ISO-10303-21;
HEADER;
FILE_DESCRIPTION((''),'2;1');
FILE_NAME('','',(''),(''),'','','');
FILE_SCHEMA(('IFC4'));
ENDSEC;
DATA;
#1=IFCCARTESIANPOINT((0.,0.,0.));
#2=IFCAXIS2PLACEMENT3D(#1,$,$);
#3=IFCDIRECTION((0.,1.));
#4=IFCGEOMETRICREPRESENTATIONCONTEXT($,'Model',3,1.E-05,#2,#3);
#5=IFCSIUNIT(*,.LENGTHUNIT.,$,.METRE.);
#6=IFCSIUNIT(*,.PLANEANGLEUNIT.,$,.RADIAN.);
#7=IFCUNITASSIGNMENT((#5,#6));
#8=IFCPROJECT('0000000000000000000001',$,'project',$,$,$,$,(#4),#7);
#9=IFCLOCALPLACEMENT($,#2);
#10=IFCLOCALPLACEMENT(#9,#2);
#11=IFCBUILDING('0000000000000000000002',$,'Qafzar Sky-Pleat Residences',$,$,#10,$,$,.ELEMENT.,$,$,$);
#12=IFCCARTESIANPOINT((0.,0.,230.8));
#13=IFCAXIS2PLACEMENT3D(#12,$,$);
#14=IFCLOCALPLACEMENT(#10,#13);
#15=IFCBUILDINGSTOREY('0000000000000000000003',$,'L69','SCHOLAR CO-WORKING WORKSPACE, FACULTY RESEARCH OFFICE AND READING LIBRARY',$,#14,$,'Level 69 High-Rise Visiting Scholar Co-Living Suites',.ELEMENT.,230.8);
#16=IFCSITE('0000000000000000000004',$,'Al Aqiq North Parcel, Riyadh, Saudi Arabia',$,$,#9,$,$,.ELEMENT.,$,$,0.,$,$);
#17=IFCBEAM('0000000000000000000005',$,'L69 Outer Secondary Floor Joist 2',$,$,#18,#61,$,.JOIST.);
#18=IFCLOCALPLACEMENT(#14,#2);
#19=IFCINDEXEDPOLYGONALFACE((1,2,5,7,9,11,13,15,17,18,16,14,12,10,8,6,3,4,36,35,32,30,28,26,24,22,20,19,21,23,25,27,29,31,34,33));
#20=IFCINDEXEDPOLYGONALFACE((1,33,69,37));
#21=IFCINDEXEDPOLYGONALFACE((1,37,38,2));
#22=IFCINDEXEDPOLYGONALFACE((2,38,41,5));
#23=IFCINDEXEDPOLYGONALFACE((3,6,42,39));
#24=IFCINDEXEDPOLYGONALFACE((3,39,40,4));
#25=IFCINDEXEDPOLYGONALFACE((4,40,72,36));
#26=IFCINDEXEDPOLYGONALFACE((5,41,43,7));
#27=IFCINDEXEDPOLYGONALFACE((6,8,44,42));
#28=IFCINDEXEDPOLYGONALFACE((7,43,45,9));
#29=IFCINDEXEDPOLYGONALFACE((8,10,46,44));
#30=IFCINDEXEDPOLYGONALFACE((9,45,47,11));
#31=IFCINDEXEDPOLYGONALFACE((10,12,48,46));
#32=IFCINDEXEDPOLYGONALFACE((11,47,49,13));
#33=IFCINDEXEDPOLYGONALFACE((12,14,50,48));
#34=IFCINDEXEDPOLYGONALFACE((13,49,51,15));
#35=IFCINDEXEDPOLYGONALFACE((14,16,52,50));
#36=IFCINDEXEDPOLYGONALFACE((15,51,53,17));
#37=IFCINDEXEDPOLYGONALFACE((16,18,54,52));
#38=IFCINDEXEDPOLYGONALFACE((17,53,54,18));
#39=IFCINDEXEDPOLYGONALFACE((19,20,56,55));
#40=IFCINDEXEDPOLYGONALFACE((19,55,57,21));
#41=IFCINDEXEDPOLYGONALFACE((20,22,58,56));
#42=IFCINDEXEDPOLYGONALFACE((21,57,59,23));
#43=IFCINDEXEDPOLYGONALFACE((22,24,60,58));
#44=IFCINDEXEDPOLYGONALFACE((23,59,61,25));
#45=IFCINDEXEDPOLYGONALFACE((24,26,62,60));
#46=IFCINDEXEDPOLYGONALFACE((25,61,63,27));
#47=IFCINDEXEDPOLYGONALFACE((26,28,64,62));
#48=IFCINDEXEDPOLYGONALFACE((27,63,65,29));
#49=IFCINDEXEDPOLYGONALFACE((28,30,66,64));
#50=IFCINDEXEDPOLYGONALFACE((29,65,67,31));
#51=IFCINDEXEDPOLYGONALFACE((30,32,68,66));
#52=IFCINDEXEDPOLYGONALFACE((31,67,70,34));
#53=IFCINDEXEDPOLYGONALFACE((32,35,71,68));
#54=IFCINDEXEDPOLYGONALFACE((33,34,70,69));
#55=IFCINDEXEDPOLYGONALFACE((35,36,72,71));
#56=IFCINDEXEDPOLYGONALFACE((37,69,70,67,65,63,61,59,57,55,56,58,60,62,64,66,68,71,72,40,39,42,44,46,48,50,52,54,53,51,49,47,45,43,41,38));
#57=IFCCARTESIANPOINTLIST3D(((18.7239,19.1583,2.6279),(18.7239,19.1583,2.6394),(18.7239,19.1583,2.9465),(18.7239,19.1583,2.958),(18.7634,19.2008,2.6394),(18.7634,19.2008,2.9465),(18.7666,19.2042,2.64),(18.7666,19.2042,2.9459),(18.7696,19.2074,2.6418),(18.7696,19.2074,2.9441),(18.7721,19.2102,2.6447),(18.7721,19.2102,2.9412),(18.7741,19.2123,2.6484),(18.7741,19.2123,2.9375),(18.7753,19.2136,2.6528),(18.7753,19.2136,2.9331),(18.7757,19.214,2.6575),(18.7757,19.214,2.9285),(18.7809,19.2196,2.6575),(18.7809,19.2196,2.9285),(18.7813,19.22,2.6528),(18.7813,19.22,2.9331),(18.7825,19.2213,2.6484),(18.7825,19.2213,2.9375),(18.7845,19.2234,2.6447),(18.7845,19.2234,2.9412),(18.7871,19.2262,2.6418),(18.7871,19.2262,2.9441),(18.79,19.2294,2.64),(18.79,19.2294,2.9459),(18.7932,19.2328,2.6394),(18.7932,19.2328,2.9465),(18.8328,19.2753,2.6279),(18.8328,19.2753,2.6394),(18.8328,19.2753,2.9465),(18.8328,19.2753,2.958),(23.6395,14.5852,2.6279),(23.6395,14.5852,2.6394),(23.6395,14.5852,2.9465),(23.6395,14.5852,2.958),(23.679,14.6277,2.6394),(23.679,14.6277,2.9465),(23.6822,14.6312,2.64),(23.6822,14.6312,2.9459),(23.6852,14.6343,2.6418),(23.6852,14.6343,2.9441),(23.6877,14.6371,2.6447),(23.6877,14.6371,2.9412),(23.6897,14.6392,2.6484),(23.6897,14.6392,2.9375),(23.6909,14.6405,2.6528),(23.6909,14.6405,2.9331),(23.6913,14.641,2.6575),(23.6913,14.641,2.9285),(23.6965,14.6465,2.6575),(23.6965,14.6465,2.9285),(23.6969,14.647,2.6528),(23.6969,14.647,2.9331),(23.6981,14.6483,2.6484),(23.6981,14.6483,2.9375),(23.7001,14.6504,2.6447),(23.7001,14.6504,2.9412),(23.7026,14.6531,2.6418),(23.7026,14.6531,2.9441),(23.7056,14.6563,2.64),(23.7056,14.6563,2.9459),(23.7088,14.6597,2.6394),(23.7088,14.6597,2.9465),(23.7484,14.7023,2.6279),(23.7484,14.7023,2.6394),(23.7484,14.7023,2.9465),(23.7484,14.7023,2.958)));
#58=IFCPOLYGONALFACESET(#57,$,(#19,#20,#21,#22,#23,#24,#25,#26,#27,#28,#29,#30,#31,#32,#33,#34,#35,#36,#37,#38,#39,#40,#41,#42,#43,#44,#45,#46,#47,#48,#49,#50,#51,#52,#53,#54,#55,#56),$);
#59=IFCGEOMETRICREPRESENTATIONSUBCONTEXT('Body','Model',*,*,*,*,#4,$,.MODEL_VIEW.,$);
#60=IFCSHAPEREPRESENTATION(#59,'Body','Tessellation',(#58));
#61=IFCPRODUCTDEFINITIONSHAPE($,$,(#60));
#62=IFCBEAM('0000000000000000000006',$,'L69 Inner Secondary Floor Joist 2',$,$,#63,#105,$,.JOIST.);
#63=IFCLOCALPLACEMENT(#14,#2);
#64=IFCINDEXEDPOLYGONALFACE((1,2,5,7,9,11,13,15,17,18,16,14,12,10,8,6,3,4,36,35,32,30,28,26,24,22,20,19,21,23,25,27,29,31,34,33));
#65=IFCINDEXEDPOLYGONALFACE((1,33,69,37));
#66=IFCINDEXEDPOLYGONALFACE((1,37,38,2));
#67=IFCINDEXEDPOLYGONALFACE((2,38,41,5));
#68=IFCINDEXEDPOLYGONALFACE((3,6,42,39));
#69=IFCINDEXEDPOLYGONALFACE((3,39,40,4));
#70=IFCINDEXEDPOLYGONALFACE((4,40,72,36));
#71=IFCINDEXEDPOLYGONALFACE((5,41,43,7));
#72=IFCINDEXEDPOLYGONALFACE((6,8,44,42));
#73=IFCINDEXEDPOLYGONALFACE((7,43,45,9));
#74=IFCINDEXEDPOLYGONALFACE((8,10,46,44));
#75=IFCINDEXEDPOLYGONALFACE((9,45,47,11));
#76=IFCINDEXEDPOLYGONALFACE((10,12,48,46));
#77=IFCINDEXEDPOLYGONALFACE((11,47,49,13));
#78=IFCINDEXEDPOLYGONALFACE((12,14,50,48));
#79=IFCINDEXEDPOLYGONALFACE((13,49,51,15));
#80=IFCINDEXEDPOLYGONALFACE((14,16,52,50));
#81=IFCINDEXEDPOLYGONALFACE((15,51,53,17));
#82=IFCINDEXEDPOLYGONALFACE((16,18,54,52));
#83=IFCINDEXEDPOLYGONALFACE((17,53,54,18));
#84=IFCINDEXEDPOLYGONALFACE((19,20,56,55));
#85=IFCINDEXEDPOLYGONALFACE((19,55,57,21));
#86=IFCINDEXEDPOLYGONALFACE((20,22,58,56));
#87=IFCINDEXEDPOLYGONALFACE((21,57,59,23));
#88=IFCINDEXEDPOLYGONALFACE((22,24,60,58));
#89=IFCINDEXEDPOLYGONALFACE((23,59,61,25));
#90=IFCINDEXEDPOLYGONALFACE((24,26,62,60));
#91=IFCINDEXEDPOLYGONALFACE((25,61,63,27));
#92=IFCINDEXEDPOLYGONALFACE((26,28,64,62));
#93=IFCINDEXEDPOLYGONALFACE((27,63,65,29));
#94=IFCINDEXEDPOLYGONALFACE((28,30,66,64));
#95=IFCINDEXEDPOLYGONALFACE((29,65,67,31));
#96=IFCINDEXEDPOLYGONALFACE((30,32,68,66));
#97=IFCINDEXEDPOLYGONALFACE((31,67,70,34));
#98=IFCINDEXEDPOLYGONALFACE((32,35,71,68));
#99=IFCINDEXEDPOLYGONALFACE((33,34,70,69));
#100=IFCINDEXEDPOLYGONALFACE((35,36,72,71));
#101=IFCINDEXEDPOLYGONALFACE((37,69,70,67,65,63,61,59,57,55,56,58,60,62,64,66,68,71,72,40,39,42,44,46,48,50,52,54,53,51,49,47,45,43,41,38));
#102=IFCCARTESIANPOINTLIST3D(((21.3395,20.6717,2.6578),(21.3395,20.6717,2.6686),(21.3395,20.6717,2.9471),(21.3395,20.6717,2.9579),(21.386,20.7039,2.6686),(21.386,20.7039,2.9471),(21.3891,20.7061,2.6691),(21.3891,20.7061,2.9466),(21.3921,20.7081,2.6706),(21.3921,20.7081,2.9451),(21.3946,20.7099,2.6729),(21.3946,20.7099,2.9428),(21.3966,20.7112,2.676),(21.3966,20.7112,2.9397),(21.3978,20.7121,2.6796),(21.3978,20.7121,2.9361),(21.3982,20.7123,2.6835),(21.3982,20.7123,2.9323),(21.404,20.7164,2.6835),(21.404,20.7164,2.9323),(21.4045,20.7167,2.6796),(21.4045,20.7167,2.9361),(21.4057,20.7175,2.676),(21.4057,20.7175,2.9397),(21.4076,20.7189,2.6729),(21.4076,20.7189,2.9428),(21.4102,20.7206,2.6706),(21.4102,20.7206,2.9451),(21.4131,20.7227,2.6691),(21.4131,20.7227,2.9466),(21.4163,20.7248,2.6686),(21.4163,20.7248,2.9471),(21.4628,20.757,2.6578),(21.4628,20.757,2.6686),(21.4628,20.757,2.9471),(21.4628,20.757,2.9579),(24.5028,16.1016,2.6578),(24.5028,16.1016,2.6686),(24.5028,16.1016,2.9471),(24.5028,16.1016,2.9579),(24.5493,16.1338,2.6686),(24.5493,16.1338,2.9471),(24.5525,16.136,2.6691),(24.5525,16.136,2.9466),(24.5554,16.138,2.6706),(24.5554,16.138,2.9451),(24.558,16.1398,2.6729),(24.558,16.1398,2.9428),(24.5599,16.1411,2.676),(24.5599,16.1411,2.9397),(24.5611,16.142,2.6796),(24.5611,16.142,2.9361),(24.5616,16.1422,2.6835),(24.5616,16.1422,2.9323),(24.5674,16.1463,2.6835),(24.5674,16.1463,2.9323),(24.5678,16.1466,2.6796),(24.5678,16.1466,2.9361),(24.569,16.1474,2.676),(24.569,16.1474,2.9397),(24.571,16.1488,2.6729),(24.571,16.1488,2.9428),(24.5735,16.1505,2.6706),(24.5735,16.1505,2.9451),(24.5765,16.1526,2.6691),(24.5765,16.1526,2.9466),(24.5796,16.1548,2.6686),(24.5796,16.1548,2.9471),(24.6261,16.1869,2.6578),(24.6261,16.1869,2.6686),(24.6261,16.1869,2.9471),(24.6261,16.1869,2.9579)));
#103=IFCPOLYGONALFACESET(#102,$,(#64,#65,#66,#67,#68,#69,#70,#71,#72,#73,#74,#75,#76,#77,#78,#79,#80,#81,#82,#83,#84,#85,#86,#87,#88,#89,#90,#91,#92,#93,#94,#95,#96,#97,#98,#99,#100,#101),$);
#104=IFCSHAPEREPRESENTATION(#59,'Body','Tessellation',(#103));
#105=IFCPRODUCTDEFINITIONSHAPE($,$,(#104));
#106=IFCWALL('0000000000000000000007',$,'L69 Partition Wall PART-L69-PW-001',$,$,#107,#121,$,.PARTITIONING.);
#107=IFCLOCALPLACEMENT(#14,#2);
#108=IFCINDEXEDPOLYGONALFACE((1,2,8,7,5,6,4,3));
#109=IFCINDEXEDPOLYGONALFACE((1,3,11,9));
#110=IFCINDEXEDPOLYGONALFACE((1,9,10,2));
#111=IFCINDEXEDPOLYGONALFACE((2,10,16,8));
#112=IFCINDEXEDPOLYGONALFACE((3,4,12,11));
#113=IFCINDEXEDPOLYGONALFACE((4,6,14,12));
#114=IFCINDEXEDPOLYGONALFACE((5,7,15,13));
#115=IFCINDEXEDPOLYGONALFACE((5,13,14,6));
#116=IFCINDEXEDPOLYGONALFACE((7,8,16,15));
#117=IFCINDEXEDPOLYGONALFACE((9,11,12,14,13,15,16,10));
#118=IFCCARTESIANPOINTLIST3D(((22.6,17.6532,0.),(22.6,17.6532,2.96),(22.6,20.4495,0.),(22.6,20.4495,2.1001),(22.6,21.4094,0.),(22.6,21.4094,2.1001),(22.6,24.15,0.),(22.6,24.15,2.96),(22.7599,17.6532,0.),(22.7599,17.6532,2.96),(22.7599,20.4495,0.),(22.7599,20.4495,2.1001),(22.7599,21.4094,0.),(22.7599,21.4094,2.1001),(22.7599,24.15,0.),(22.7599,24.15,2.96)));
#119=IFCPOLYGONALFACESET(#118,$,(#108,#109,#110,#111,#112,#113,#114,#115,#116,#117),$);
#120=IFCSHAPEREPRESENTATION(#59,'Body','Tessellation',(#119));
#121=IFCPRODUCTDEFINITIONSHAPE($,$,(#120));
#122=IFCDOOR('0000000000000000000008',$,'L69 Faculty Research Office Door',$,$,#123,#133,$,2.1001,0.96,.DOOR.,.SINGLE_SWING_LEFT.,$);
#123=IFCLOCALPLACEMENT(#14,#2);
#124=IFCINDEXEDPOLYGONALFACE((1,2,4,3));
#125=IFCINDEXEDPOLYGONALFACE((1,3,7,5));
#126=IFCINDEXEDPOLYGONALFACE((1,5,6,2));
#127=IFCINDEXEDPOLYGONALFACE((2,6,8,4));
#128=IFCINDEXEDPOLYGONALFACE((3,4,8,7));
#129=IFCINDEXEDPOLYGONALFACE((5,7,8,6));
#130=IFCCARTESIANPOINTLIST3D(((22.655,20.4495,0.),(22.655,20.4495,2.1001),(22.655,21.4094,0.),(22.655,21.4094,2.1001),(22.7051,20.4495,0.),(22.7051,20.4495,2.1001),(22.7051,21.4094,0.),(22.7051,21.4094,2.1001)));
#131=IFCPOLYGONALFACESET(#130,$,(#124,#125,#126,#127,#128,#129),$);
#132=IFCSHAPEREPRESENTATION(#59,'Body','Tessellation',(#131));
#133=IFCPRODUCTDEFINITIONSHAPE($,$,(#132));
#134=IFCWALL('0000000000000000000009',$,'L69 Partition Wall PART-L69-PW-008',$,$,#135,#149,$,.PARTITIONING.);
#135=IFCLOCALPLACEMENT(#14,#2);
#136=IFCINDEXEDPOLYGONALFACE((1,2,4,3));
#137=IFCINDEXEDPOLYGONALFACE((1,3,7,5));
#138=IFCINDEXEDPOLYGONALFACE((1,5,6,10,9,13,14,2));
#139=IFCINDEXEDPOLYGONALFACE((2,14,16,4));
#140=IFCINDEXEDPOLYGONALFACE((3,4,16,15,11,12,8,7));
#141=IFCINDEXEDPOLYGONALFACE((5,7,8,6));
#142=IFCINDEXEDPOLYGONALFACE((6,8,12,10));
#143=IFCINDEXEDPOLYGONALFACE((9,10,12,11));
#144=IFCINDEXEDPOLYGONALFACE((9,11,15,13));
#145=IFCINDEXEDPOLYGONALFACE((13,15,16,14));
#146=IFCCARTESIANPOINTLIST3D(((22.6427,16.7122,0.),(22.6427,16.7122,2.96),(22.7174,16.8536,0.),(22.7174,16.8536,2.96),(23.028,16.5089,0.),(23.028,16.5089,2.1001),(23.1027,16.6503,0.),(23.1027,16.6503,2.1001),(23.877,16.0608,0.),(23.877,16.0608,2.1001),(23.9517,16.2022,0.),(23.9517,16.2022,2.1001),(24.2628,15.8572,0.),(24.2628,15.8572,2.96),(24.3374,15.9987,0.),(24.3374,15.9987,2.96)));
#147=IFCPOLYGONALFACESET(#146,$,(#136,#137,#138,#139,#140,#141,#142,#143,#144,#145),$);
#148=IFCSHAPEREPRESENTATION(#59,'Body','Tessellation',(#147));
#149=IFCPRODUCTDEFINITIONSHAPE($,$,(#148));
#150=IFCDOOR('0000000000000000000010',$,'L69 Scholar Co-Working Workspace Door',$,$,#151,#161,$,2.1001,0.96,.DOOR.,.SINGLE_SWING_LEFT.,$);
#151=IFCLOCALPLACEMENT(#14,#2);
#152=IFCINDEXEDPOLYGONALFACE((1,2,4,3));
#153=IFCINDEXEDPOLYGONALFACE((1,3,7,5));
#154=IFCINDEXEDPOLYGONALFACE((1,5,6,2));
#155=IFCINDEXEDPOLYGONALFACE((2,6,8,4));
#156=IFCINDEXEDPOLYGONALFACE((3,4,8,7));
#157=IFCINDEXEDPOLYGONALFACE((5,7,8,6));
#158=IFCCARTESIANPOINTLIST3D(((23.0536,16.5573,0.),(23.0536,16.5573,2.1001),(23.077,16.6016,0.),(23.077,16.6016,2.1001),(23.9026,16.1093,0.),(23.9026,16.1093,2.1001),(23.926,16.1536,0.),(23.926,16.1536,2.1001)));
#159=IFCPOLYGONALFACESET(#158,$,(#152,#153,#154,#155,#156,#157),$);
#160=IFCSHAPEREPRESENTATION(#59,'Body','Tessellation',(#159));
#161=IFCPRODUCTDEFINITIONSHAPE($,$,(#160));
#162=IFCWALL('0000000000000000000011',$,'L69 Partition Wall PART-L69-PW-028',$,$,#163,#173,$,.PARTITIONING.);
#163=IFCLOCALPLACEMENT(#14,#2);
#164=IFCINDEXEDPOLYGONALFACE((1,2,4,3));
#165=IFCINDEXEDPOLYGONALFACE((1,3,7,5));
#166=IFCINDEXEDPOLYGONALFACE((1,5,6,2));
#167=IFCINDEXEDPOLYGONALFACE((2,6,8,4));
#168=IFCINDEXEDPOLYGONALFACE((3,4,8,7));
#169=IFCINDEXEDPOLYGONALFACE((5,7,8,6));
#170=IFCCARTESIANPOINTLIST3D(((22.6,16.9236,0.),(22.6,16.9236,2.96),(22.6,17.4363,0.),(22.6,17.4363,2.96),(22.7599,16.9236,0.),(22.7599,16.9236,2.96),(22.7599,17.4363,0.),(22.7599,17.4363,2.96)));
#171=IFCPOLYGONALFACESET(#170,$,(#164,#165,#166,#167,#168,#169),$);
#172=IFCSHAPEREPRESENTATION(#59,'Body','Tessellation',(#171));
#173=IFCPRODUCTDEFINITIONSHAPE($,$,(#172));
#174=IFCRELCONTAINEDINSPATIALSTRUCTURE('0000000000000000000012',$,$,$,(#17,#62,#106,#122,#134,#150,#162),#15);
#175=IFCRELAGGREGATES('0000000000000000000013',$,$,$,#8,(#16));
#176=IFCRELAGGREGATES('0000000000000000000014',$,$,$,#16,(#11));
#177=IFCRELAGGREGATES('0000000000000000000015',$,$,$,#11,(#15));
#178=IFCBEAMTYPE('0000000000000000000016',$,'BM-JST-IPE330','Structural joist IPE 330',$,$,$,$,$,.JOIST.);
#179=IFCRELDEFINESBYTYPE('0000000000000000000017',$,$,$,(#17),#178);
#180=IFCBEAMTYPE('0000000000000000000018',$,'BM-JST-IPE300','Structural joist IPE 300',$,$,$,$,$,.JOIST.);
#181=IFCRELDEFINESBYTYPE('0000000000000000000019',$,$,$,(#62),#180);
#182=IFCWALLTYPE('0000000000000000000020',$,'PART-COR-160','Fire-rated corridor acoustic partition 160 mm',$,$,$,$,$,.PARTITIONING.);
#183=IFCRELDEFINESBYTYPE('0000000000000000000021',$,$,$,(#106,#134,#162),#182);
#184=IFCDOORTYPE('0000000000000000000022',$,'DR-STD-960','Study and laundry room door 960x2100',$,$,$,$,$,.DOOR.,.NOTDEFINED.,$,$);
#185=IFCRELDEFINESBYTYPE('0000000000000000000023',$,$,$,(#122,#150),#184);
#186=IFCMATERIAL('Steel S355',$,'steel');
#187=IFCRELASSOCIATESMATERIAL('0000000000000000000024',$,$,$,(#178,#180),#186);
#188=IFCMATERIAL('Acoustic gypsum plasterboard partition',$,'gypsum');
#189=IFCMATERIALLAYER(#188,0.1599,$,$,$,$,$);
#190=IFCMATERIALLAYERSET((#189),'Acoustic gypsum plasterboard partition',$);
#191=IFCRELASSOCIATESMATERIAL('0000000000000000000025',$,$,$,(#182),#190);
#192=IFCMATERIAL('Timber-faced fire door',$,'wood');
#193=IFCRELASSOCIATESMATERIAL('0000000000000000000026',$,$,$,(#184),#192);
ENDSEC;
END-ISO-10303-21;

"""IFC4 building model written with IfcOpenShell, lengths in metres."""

from ifc_helpers import new_model, si_unit, direction, frame, frame_2d, origin, origin_2d, place, context, subcontext, project, spatial, rectangle, i_section, extrude, source, transform, mapped, material, layer, layer_set, material_profile, profile_set, type_object, element, fill, save


model = new_model("IFC4")

# Units and contexts
model_context = context("Model", 3, precision=1e-05, world=origin(), true_north=direction((0.0, 1.0)))
body_context = subcontext(model_context, "Body", "Model", "MODEL_VIEW")
ifc_project = project(units=[si_unit("LENGTHUNIT", "METRE"), si_unit("PLANEANGLEUNIT", "RADIAN")], contexts=[model_context])

# Site, building, storey
site_placement = place(None, origin())
site = spatial("IfcSite", under=ifc_project, at=site_placement, Name="Al Aqiq North Parcel, Riyadh, Saudi Arabia", CompositionType="ELEMENT", RefElevation=0.0)
building_placement = place(site_placement, origin())
building = spatial("IfcBuilding", under=site, at=building_placement, Name="Qafzar Sky-Pleat Residences", CompositionType="ELEMENT")
storey_placement = place(building_placement, frame((0.0, 0.0, 230.8)))
storey = spatial("IfcBuildingStorey", under=building, at=storey_placement, Name="L69", Description="SCHOLAR CO-WORKING WORKSPACE, FACULTY RESEARCH OFFICE AND READING LIBRARY", LongName="Level 69 High-Rise Visiting Scholar Co-Living Suites", CompositionType="ELEMENT", Elevation=230.8)

# Beams
ifc_material_1 = material(Name="Steel S355", Category="steel")
ifc_material_profile_1 = material_profile(ifc_material_1, i_section(OverallWidth=0.1599, OverallDepth=0.3301, WebThickness=0.0076, FlangeThickness=0.0115, FilletRadius=0.0181, at=origin_2d()), Name="IPE 330")
ifc_profile_set_1 = profile_set([ifc_material_profile_1], Name="Steel S355")
beam_type_1 = type_object("IfcBeamType", Name="BM-JST-IPE330", Description="Structural joist IPE 330", PredefinedType="JOIST", material=ifc_profile_set_1)
shared_shape_1 = source(origin(), body_context, "Body", "SweptSolid", [
    extrude(i_section(OverallWidth=0.1599, OverallDepth=0.3301, WebThickness=0.0076, FlangeThickness=0.0115, FilletRadius=0.0181, at=origin_2d()), origin(), (0.0, 0.0, 1.0), 6.7139),
])
beam_1_placement = place(storey_placement, frame((18.7783, 19.2168, 2.793), z_axis=(0.732156, -0.681137, 0.0), x_axis=(0.681137, 0.732156, 0.0)))
element("IfcBeam", 1, at=beam_1_placement, inside=storey, type_object=beam_type_1, Name="L69 Outer Secondary Floor Joist 2", PredefinedType="JOIST", context=body_context, shape_type="MappedRepresentation", body=[
    mapped(shared_shape_1, transform((0.0, 0.0, 0.0), x_axis=(1.0, 0.0, 0.0), y_axis=(0.0, 1.0, 0.0), z_axis=(0.0, 0.0, 1.0), scale=1.0)),
])
ifc_material_profile_2 = material_profile(ifc_material_1, i_section(OverallWidth=0.1499, OverallDepth=0.3, WebThickness=0.0071, FlangeThickness=0.0107, FilletRadius=0.0149, at=origin_2d()), Name="IPE 300")
ifc_profile_set_2 = profile_set([ifc_material_profile_2], Name="Steel S355")
beam_type_2 = type_object("IfcBeamType", Name="BM-JST-IPE300", Description="Structural joist IPE 300", PredefinedType="JOIST", material=ifc_profile_set_2)
shared_shape_2 = source(origin(), body_context, "Body", "SweptSolid", [
    extrude(i_section(OverallWidth=0.1499, OverallDepth=0.3, WebThickness=0.0071, FlangeThickness=0.0107, FilletRadius=0.0149, at=origin_2d()), origin(), (0.0, 0.0, 1.0), 5.5581),
])
beam_2_placement = place(storey_placement, frame((21.4011, 20.7144, 2.8079), z_axis=(0.569141, -0.82224, 0.0), x_axis=(0.82224, 0.569141, 0.0)))
element("IfcBeam", 2, at=beam_2_placement, inside=storey, type_object=beam_type_2, Name="L69 Inner Secondary Floor Joist 2", PredefinedType="JOIST", context=body_context, shape_type="MappedRepresentation", body=[
    mapped(shared_shape_2, transform((0.0, 0.0, 0.0), x_axis=(1.0, 0.0, 0.0), y_axis=(0.0, 1.0, 0.0), z_axis=(0.0, 0.0, 1.0), scale=1.0)),
])

# Walls, openings, doors
ifc_material_2 = material(Name="Acoustic gypsum plasterboard partition", Category="gypsum")
ifc_layer_1 = layer(ifc_material_2, 0.1599)
ifc_layer_set_1 = layer_set([ifc_layer_1], Name="Acoustic gypsum plasterboard partition")
wall_type_1 = type_object("IfcWallType", Name="PART-COR-160", Description="Fire-rated corridor acoustic partition 160 mm", PredefinedType="PARTITIONING", material=ifc_layer_set_1)
wall_1_placement = place(storey_placement, frame((22.6799, 17.6531, 0.0), z_axis=(0.0, 0.0, 1.0), x_axis=(0.0, 1.0, 0.0)))
wall_1 = element("IfcWall", 3, at=wall_1_placement, inside=storey, type_object=wall_type_1, Name="L69 Partition Wall PART-L69-PW-001", PredefinedType="PARTITIONING", context=body_context, shape_type="SweptSolid", body=[
    extrude(rectangle(XDim=6.4968, YDim=0.1599, at=frame_2d((3.2485, 0.0))), origin(), (0.0, 0.0, 1.0), 2.96),
])
opening_1_placement = place(wall_1_placement, frame((2.7964, 0.0, 0.0)))
opening_1 = element("IfcOpeningElement", 4, at=opening_1_placement, cuts=wall_1, PredefinedType="OPENING", context=body_context, shape_type="SweptSolid", body=[
    extrude(rectangle(XDim=0.96, YDim=2.1001, at=frame_2d((0.48, 1.05))), frame((0.0, 0.0898, 0.0), z_axis=(0.0, -1.0, 0.0), x_axis=(1.0, 0.0, 0.0)), (0.0, 0.0, 1.0), 0.1799),
])
ifc_material_3 = material(Name="Timber-faced fire door", Category="wood")
door_type_1 = type_object("IfcDoorType", Name="DR-STD-960", Description="Study and laundry room door 960x2100", OperationType="NOTDEFINED", PredefinedType="DOOR", material=ifc_material_3)
shared_shape_3 = source(origin(), body_context, "Body", "SweptSolid", [
    extrude(rectangle(XDim=0.96, YDim=2.1001, at=frame_2d((0.48, 1.05))), frame((0.0, 0.0249, 0.0), z_axis=(0.0, -1.0, 0.0), x_axis=(1.0, 0.0, 0.0)), (0.0, 0.0, 1.0), 0.05),
])
door_1_placement = place(opening_1_placement, origin())
door_1 = element("IfcDoor", 5, at=door_1_placement, inside=storey, type_object=door_type_1, Name="L69 Faculty Research Office Door", OperationType="SINGLE_SWING_LEFT", OverallHeight=2.1001, OverallWidth=0.96, PredefinedType="DOOR", context=body_context, shape_type="MappedRepresentation", body=[
    mapped(shared_shape_3, transform((0.0, 0.0, 0.0), x_axis=(1.0, 0.0, 0.0), y_axis=(0.0, 1.0, 0.0), z_axis=(0.0, 0.0, 1.0), scale=1.0)),
])
fill(opening_1, door_1)
wall_2_placement = place(storey_placement, frame((22.6799, 16.783, 0.0), z_axis=(0.0, 0.0, 1.0), x_axis=(0.884403, -0.466724, 0.0)))
wall_2 = element("IfcWall", 6, at=wall_2_placement, inside=storey, type_object=wall_type_1, Name="L69 Partition Wall PART-L69-PW-008", PredefinedType="PARTITIONING", context=body_context, shape_type="SweptSolid", body=[
    extrude(rectangle(XDim=1.8318, YDim=0.1599, at=frame_2d((0.916, 0.0))), origin(), (0.0, 0.0, 1.0), 2.96),
])
opening_2_placement = place(wall_2_placement, frame((0.4358, 0.0, 0.0)))
opening_2 = element("IfcOpeningElement", 7, at=opening_2_placement, cuts=wall_2, PredefinedType="OPENING", context=body_context, shape_type="SweptSolid", body=[
    extrude(rectangle(XDim=0.96, YDim=2.1001, at=frame_2d((0.48, 1.05))), frame((0.0, 0.0898, 0.0), z_axis=(0.0, -1.0, 0.0), x_axis=(1.0, 0.0, 0.0)), (0.0, 0.0, 1.0), 0.1799),
])
door_2_placement = place(opening_2_placement, origin())
door_2 = element("IfcDoor", 8, at=door_2_placement, inside=storey, type_object=door_type_1, Name="L69 Scholar Co-Working Workspace Door", OperationType="SINGLE_SWING_LEFT", OverallHeight=2.1001, OverallWidth=0.96, PredefinedType="DOOR", context=body_context, shape_type="MappedRepresentation", body=[
    mapped(shared_shape_3, transform((0.0, 0.0, 0.0), x_axis=(1.0, 0.0, 0.0), y_axis=(0.0, 1.0, 0.0), z_axis=(0.0, 0.0, 1.0), scale=1.0)),
])
fill(opening_2, door_2)

# Wall
wall_3_placement = place(storey_placement, frame((22.6799, 16.9236, 0.0), z_axis=(0.0, 0.0, 1.0), x_axis=(0.0, 1.0, 0.0)))
element("IfcWall", 9, at=wall_3_placement, inside=storey, type_object=wall_type_1, Name="L69 Partition Wall PART-L69-PW-028", PredefinedType="PARTITIONING", context=body_context, shape_type="SweptSolid", body=[
    extrude(rectangle(XDim=0.5127, YDim=0.1599, at=frame_2d((0.2563, 0.0))), origin(), (0.0, 0.0, 1.0), 2.96),
])

save(model, "model.ifc")
